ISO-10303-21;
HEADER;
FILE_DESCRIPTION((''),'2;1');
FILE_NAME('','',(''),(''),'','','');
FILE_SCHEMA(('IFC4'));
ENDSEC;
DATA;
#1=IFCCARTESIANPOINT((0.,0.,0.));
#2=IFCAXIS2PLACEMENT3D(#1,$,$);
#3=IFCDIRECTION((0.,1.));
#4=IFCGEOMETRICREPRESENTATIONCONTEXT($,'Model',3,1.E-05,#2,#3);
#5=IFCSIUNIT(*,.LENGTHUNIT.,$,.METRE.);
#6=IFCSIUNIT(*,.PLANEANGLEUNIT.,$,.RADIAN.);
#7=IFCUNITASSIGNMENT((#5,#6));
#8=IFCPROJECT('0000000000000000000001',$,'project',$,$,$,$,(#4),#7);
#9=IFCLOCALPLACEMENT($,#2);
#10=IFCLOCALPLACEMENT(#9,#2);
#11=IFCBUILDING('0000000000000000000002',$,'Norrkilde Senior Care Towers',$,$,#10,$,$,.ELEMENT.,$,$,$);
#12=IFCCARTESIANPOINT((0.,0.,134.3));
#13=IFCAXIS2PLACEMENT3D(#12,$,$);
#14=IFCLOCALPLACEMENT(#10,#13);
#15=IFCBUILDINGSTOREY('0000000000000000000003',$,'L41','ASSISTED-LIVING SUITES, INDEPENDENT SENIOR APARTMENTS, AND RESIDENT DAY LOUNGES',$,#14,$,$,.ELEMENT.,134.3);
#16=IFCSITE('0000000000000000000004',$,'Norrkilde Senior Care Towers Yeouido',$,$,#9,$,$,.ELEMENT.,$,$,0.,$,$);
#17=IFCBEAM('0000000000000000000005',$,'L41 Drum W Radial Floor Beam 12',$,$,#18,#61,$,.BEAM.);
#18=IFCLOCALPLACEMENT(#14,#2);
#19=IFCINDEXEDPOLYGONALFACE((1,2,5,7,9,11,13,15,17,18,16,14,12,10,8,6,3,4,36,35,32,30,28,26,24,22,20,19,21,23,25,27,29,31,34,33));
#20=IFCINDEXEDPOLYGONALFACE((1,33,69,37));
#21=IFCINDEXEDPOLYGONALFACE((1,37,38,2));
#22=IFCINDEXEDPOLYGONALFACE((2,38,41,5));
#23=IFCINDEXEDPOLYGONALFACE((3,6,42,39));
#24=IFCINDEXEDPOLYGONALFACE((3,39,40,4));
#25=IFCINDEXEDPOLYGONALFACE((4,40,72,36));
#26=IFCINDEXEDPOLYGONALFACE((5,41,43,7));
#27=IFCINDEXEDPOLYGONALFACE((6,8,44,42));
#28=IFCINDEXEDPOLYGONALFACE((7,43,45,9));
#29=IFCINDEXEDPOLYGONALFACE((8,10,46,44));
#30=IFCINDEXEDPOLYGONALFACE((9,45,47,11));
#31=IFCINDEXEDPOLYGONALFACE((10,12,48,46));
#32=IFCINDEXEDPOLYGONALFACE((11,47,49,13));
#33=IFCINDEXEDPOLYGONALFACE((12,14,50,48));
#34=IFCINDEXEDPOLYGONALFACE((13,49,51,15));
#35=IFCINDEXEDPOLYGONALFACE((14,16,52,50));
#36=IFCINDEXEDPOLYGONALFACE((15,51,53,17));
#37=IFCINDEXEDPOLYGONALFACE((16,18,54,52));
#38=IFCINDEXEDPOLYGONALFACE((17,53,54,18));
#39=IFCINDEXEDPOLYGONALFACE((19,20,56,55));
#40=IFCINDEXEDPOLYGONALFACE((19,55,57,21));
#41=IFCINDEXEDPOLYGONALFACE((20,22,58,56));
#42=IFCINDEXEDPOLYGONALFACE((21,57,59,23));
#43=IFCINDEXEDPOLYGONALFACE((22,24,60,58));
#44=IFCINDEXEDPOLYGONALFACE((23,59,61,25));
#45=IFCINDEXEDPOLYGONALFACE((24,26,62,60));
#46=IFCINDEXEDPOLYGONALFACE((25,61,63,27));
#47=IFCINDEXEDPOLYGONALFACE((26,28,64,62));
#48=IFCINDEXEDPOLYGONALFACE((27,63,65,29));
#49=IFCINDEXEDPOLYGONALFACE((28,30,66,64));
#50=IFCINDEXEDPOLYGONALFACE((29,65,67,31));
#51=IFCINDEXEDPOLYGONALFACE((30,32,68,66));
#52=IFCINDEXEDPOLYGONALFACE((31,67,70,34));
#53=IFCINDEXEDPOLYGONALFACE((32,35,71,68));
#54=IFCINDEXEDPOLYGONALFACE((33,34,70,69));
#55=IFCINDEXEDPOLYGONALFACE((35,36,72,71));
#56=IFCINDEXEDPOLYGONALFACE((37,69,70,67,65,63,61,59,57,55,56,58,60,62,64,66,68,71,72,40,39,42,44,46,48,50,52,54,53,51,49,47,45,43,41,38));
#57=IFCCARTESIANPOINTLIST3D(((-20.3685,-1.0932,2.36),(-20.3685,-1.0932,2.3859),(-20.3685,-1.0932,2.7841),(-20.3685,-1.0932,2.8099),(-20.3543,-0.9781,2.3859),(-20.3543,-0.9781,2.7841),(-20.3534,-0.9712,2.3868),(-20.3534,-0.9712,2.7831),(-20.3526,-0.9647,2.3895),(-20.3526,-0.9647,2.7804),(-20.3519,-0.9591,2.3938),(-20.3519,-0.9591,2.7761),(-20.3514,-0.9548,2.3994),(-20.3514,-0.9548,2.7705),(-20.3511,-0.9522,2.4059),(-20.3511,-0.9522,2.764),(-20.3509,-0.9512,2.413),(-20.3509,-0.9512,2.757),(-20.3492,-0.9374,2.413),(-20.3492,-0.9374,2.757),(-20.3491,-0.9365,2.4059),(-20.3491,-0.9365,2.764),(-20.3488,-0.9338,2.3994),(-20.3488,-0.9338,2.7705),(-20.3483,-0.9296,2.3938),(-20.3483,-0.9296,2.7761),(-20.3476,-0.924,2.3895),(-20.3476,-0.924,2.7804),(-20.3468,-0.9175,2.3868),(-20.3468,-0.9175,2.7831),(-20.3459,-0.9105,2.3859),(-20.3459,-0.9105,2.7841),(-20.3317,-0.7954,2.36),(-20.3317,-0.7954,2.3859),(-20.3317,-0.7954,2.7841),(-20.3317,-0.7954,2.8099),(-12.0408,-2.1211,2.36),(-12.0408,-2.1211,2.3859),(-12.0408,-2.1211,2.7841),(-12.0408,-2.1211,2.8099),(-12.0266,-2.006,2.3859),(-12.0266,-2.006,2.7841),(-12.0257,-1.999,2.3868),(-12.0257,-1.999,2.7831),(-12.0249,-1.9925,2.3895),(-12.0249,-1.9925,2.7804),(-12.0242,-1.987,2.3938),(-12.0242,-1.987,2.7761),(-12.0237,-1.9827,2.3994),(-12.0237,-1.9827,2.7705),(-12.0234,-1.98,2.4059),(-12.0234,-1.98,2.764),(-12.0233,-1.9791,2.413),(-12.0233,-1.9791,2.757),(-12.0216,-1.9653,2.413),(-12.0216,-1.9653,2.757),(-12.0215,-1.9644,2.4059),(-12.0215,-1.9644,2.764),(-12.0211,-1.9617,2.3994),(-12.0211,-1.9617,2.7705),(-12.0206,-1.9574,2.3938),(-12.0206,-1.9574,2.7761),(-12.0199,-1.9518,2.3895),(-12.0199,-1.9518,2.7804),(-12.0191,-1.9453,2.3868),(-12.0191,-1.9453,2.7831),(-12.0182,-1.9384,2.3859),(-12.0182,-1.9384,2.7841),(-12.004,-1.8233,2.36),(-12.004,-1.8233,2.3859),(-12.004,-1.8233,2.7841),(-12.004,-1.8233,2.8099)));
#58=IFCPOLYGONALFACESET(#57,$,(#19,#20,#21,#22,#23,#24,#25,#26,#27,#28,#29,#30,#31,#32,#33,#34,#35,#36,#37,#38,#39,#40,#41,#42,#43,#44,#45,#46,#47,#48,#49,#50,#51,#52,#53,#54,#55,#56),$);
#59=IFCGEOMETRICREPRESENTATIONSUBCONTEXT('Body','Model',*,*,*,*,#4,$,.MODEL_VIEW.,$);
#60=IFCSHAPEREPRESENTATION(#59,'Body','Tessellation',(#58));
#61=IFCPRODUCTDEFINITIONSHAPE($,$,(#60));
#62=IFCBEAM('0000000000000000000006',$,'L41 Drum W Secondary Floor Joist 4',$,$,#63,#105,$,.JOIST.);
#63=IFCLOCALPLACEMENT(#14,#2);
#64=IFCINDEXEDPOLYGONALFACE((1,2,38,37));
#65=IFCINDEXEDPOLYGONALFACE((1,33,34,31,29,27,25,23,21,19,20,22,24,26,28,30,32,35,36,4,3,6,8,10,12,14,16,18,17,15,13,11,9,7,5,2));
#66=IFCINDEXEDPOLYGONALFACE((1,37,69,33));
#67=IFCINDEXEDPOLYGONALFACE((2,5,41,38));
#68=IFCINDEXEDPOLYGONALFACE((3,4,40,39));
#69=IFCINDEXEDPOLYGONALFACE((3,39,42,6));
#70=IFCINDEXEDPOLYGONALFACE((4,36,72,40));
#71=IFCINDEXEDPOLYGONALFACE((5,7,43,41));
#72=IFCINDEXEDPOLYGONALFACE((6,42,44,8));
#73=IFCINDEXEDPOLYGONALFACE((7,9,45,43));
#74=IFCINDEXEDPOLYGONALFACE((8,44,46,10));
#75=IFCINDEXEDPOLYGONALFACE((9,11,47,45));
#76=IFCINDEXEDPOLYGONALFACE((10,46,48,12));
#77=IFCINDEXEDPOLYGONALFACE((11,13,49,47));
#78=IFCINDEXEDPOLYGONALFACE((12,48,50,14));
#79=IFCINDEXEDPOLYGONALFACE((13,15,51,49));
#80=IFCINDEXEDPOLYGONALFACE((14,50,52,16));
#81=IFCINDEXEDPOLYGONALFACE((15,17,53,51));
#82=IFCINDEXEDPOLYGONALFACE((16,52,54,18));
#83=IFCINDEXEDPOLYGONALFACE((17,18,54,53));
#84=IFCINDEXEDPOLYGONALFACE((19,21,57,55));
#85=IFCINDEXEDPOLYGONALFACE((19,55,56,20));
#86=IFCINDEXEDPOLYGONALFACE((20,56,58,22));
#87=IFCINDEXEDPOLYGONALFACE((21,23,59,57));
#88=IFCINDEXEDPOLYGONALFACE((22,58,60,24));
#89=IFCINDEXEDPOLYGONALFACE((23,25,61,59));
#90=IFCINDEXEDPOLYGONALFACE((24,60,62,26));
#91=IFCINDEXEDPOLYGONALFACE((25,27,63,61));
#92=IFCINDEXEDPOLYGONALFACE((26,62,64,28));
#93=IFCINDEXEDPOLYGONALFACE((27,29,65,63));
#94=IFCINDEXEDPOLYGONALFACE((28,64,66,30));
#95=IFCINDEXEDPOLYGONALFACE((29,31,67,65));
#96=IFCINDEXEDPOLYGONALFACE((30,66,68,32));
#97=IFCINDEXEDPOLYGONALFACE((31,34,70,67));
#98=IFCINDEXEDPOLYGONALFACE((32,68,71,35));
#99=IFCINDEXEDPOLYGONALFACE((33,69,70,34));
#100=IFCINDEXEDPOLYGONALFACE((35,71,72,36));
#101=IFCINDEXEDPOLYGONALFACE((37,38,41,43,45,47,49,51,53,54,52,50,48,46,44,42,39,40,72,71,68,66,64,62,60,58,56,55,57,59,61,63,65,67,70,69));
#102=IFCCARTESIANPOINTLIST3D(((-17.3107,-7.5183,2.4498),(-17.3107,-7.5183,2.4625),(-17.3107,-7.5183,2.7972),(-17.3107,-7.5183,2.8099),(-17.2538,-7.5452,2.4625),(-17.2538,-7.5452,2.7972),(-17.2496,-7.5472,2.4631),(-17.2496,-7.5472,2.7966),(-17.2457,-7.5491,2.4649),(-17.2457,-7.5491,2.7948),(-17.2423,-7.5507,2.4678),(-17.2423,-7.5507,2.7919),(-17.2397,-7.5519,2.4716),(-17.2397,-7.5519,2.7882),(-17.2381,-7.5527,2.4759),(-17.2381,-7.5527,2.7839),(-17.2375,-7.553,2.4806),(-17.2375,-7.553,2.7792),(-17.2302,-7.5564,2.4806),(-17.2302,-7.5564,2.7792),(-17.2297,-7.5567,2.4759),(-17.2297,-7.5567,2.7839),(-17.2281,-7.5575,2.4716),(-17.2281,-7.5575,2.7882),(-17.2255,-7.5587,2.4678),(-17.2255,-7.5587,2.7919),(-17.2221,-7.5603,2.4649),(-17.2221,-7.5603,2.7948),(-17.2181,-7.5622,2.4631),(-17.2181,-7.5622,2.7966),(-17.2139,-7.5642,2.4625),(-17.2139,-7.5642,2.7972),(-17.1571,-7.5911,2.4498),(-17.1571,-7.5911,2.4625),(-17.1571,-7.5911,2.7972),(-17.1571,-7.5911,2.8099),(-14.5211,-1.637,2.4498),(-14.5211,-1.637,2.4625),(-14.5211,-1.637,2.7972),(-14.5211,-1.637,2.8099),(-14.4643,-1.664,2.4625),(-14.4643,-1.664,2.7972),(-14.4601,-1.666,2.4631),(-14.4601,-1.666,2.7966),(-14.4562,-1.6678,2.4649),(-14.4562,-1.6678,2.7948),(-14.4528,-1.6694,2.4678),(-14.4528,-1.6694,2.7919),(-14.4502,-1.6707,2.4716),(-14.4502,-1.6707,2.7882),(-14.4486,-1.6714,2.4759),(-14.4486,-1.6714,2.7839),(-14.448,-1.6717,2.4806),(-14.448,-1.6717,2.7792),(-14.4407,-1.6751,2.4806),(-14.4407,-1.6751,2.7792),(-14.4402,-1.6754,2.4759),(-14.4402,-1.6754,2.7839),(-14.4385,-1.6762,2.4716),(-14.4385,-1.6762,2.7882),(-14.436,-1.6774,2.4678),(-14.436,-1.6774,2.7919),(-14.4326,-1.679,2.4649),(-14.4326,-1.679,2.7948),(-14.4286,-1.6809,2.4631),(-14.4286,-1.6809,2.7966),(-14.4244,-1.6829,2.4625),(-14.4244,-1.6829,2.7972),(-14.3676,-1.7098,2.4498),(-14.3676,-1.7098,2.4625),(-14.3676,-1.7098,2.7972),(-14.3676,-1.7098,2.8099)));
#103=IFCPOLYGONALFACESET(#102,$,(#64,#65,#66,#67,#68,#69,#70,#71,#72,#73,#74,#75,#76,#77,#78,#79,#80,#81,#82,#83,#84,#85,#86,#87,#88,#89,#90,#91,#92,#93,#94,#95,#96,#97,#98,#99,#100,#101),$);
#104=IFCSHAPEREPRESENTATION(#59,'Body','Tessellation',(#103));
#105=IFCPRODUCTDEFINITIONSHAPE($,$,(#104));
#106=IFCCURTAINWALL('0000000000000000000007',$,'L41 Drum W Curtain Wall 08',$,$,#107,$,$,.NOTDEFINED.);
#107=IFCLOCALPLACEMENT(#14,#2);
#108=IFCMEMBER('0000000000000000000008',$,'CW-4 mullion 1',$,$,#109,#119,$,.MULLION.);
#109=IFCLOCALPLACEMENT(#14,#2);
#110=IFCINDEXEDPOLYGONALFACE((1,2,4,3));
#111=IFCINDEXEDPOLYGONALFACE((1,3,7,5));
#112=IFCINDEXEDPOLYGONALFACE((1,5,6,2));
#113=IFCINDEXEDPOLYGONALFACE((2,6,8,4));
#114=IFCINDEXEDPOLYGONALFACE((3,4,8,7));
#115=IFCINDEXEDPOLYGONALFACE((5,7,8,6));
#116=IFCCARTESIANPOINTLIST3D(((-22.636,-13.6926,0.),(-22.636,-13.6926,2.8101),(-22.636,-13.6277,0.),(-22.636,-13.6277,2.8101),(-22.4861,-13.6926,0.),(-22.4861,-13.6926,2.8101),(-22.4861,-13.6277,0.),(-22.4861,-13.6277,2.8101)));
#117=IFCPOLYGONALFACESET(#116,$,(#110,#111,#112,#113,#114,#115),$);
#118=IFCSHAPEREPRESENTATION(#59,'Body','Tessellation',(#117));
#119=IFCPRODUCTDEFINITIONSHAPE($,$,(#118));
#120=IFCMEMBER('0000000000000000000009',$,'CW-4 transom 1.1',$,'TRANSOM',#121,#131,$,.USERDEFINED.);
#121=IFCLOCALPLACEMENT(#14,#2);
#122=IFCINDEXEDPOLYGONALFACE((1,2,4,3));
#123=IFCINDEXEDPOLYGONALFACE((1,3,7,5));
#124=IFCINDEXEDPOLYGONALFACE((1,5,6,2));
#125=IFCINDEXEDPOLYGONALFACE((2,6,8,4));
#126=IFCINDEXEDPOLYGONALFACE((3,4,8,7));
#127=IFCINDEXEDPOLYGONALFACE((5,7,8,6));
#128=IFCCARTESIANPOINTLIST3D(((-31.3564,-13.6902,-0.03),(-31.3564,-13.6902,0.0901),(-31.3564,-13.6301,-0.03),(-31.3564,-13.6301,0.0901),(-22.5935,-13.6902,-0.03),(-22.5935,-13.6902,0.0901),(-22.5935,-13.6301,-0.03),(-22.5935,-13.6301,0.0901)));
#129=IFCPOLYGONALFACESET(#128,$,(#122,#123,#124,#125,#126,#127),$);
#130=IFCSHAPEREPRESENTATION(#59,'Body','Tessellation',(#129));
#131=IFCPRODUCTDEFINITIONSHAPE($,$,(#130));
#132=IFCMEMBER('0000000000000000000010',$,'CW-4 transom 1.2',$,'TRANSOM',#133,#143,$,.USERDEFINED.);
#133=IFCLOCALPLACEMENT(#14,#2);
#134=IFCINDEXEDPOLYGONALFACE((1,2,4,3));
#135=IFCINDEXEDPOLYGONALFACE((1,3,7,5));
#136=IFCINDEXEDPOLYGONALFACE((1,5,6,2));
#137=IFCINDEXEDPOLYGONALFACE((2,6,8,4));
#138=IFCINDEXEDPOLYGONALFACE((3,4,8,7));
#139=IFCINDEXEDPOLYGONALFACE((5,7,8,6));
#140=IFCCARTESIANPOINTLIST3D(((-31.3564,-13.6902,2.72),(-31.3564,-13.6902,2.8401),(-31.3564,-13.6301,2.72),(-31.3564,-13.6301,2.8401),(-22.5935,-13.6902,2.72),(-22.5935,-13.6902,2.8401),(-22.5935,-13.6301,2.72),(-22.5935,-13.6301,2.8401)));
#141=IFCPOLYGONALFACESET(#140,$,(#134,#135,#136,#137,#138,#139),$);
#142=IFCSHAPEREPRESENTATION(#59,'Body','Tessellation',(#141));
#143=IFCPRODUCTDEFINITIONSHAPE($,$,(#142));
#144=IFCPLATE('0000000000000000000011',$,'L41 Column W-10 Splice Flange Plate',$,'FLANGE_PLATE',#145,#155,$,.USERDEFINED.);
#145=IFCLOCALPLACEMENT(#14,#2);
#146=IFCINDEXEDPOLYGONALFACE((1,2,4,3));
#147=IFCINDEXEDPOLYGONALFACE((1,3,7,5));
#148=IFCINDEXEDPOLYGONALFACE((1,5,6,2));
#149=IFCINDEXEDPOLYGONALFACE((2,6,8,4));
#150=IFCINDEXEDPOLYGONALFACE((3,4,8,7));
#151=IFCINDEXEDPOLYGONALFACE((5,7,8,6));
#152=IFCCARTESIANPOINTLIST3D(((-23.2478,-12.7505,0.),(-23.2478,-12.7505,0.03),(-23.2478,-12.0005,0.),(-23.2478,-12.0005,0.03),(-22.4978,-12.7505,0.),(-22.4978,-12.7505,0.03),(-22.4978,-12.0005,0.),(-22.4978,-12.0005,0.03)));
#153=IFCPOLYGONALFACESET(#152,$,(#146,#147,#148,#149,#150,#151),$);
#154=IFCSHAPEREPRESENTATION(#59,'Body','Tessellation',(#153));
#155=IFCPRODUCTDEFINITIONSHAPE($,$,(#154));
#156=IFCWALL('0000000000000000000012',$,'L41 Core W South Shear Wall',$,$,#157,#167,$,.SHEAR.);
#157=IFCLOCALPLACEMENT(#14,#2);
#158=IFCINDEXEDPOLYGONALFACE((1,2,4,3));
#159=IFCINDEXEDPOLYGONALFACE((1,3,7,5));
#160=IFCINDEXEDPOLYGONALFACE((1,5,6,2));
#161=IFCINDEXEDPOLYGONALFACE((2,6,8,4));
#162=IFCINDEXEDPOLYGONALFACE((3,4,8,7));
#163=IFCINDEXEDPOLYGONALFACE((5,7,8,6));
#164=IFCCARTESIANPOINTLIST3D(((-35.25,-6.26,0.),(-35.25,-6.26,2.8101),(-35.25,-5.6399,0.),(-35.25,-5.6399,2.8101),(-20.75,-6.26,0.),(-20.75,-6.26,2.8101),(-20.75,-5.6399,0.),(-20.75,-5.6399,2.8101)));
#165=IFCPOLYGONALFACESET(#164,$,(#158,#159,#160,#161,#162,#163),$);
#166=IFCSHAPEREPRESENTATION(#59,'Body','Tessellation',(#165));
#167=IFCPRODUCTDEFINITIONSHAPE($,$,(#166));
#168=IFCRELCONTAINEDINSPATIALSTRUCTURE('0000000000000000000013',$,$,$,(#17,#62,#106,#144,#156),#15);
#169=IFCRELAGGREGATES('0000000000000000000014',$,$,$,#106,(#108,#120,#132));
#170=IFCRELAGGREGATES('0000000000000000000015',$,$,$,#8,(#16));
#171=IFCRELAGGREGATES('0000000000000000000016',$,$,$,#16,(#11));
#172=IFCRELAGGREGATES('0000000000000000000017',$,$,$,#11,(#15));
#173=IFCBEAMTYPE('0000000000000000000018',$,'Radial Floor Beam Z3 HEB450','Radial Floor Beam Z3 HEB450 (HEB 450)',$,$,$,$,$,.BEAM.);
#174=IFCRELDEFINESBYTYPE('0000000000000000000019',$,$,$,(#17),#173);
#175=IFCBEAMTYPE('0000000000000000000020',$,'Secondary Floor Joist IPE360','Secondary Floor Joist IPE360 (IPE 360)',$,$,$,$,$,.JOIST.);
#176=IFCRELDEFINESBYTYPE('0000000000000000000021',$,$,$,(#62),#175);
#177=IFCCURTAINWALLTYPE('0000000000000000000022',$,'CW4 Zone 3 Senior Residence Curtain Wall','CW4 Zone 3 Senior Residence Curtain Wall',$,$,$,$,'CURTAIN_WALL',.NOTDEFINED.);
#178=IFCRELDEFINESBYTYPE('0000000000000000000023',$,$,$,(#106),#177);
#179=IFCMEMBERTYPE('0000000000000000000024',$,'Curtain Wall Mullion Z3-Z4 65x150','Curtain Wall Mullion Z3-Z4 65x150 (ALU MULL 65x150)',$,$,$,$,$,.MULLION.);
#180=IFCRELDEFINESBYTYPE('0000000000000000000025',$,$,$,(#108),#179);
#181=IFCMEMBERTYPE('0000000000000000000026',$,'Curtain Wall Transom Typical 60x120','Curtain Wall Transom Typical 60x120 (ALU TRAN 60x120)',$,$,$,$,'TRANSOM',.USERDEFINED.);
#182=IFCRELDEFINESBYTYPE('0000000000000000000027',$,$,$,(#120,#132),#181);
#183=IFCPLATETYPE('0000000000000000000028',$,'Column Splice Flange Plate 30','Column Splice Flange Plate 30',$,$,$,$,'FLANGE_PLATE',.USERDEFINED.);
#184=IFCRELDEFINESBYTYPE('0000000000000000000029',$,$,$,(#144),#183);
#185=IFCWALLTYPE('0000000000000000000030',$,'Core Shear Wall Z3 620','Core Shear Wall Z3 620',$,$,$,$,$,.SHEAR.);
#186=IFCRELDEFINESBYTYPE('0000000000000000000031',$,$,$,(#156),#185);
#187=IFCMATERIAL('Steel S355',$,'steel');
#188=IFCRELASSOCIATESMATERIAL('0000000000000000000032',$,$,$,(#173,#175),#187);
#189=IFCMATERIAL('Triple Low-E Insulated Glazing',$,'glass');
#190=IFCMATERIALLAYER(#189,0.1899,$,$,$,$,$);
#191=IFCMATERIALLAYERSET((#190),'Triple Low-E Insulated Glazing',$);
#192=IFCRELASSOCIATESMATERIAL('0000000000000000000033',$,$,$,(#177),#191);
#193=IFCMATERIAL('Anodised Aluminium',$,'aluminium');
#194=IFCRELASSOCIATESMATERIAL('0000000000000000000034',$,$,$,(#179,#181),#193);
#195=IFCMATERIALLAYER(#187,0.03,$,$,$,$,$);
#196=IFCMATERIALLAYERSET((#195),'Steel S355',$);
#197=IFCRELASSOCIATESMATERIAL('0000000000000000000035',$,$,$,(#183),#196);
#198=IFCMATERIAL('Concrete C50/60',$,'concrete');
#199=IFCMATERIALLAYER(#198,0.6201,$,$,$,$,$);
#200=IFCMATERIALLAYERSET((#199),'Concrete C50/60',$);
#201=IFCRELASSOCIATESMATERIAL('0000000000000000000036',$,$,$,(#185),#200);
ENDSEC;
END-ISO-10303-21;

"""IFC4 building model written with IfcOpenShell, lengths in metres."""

from ifc_helpers import new_model, si_unit, direction, frame, frame_2d, origin, origin_2d, place, context, subcontext, project, spatial, rectangle, i_section, extrude, source, transform, mapped, material, layer, layer_set, material_profile, profile_set, type_object, type_shapes, element, aggregate, save


model = new_model("IFC4")

# Units and contexts
model_context = context("Model", 3, precision=1e-05, world=origin(), true_north=direction((0.0, 1.0)))
body_context = subcontext(model_context, "Body", "Model", "MODEL_VIEW")
ifc_project = project(units=[si_unit("LENGTHUNIT", "METRE"), si_unit("PLANEANGLEUNIT", "RADIAN")], contexts=[model_context])

# Site, building, storey
site_placement = place(None, origin())
site = spatial("IfcSite", under=ifc_project, at=site_placement, Name="Norrkilde Senior Care Towers Yeouido", CompositionType="ELEMENT", RefElevation=0.0)
building_placement = place(site_placement, origin())
building = spatial("IfcBuilding", under=site, at=building_placement, Name="Norrkilde Senior Care Towers", CompositionType="ELEMENT")
storey_placement = place(building_placement, frame((0.0, 0.0, 134.3)))
storey = spatial("IfcBuildingStorey", under=building, at=storey_placement, Name="L41", Description="ASSISTED-LIVING SUITES, INDEPENDENT SENIOR APARTMENTS, AND RESIDENT DAY LOUNGES", CompositionType="ELEMENT", Elevation=134.3)

# Shared definitions
ifc_material_1 = material(Name="Concrete C50/60", Category="concrete")

# Beams
ifc_material_2 = material(Name="Steel S355", Category="steel")
ifc_material_profile_1 = material_profile(ifc_material_2, i_section(OverallWidth=0.3, OverallDepth=0.45, WebThickness=0.0139, FlangeThickness=0.0259, FilletRadius=0.0271, at=origin_2d()), Name="HEB 450")
ifc_profile_set_1 = profile_set([ifc_material_profile_1], Name="Steel S355")
beam_type_1 = type_object("IfcBeamType", Name="Radial Floor Beam Z3 HEB450", Description="Radial Floor Beam Z3 HEB450 (HEB 450)", PredefinedType="BEAM", material=ifc_profile_set_1)
shared_shape_1 = source(origin(), body_context, "Body", "SweptSolid", [
    extrude(i_section(OverallWidth=0.3, OverallDepth=0.45, WebThickness=0.0139, FlangeThickness=0.0259, FilletRadius=0.0271, at=origin_2d()), origin(), (0.0, 0.0, 1.0), 8.3909),
])
beam_1_placement = place(storey_placement, frame((-20.3501, -0.9443, 2.585), z_axis=(0.992469, -0.122495, 0.0), x_axis=(0.122495, 0.992469, 0.0)))
element("IfcBeam", 1, at=beam_1_placement, inside=storey, type_object=beam_type_1, Name="L41 Drum W Radial Floor Beam 12", PredefinedType="BEAM", context=body_context, shape_type="MappedRepresentation", body=[
    mapped(shared_shape_1, transform((0.0, 0.0, 0.0), x_axis=(1.0, 0.0, 0.0), y_axis=(0.0, 1.0, 0.0), z_axis=(0.0, 0.0, 1.0), scale=1.0)),
])
ifc_material_profile_2 = material_profile(ifc_material_2, i_section(OverallWidth=0.1699, OverallDepth=0.3601, WebThickness=0.0081, FlangeThickness=0.0127, FilletRadius=0.0181, at=origin_2d()), Name="IPE 360")
ifc_profile_set_2 = profile_set([ifc_material_profile_2], Name="Steel S355")
beam_type_2 = type_object("IfcBeamType", Name="Secondary Floor Joist IPE360", Description="Secondary Floor Joist IPE360 (IPE 360)", PredefinedType="JOIST", material=ifc_profile_set_2)
shared_shape_2 = source(origin(), body_context, "Body", "SweptSolid", [
    extrude(i_section(OverallWidth=0.1699, OverallDepth=0.3601, WebThickness=0.0081, FlangeThickness=0.0127, FilletRadius=0.0181, at=origin_2d()), origin(), (0.0, 0.0, 1.0), 6.5093),
])
type_shapes(beam_type_2, [shared_shape_2])
beam_2_placement = place(storey_placement, frame((-17.2339, -7.5547, 2.6299), z_axis=(0.428544, 0.903521, 0.0), x_axis=(-0.903521, 0.428544, 0.0)))
element("IfcBeam", 2, at=beam_2_placement, inside=storey, type_object=beam_type_2, Name="L41 Drum W Secondary Floor Joist 4", PredefinedType="JOIST", context=body_context, shape_type="MappedRepresentation", body=[
    mapped(shared_shape_2, transform((0.0, 0.0, 0.0), x_axis=(1.0, 0.0, 0.0), y_axis=(0.0, 1.0, 0.0), z_axis=(0.0, 0.0, 1.0), scale=1.0)),
])

# Curtain wall, members
ifc_material_3 = material(Name="Triple Low-E Insulated Glazing", Category="glass")
ifc_layer_1 = layer(ifc_material_3, 0.1899)
ifc_layer_set_1 = layer_set([ifc_layer_1], Name="Triple Low-E Insulated Glazing")
curtain_wall_type = type_object("IfcCurtainWallType", Name="CW4 Zone 3 Senior Residence Curtain Wall", Description="CW4 Zone 3 Senior Residence Curtain Wall", ElementType="CURTAIN_WALL", PredefinedType="NOTDEFINED", material=ifc_layer_set_1)
curtain_wall_placement = place(storey_placement, origin())
curtain_wall = element("IfcCurtainWall", 3, at=curtain_wall_placement, inside=storey, type_object=curtain_wall_type, Name="L41 Drum W Curtain Wall 08", PredefinedType="NOTDEFINED")
ifc_material_4 = material(Name="Anodised Aluminium", Category="aluminium")
ifc_material_profile_3 = material_profile(ifc_material_4, rectangle(XDim=0.0649, YDim=0.1499, at=origin_2d()), Name="ALU MULL 65x150")
ifc_profile_set_3 = profile_set([ifc_material_profile_3], Name="Anodised Aluminium")
member_type_1 = type_object("IfcMemberType", Name="Curtain Wall Mullion Z3-Z4 65x150", Description="Curtain Wall Mullion Z3-Z4 65x150 (ALU MULL 65x150)", PredefinedType="MULLION", material=ifc_profile_set_3)
shared_shape_3 = source(origin(), body_context, "Body", "SweptSolid", [
    extrude(rectangle(XDim=0.0649, YDim=0.1499, at=origin_2d()), origin(), (0.0, 0.0, 1.0), 2.8101),
])
type_shapes(member_type_1, [shared_shape_3])
member_1_placement = place(storey_placement, frame((-22.561, -13.6602, 0.0), z_axis=(0.0, 0.0, 1.0), x_axis=(0.0, -1.0, 0.0)))
member_1 = element("IfcMember", 4, at=member_1_placement, type_object=member_type_1, Name="CW-4 mullion 1", PredefinedType="MULLION", context=body_context, shape_type="MappedRepresentation", body=[
    mapped(shared_shape_3, transform((0.0, 0.0, 0.0), x_axis=(1.0, 0.0, 0.0), y_axis=(0.0, 1.0, 0.0), z_axis=(0.0, 0.0, 1.0), scale=1.0)),
])
ifc_material_profile_4 = material_profile(ifc_material_4, rectangle(XDim=0.0601, YDim=0.1201, at=origin_2d()), Name="ALU TRAN 60x120")
ifc_profile_set_4 = profile_set([ifc_material_profile_4], Name="Anodised Aluminium")
member_type_2 = type_object("IfcMemberType", Name="Curtain Wall Transom Typical 60x120", Description="Curtain Wall Transom Typical 60x120 (ALU TRAN 60x120)", ElementType="TRANSOM", PredefinedType="USERDEFINED", material=ifc_profile_set_4)
shared_shape_4 = source(origin(), body_context, "Body", "SweptSolid", [
    extrude(rectangle(XDim=0.0601, YDim=0.1201, at=origin_2d()), origin(), (0.0, 0.0, 1.0), 8.7629),
])
type_shapes(member_type_2, [shared_shape_4])
member_2_placement = place(storey_placement, frame((-22.5935, -13.6602, 0.03), z_axis=(-1.0, 0.0, 0.0), x_axis=(0.0, -1.0, 0.0)))
member_2 = element("IfcMember", 5, at=member_2_placement, type_object=member_type_2, Name="CW-4 transom 1.1", ObjectType="TRANSOM", PredefinedType="USERDEFINED", context=body_context, shape_type="MappedRepresentation", body=[
    mapped(shared_shape_4, transform((0.0, 0.0, 0.0), x_axis=(1.0, 0.0, 0.0), y_axis=(0.0, 1.0, 0.0), z_axis=(0.0, 0.0, 1.0), scale=1.0)),
])
member_3_placement = place(storey_placement, frame((-22.5935, -13.6602, 2.78), z_axis=(-1.0, 0.0, 0.0), x_axis=(0.0, -1.0, 0.0)))
member_3 = element("IfcMember", 6, at=member_3_placement, type_object=member_type_2, Name="CW-4 transom 1.2", ObjectType="TRANSOM", PredefinedType="USERDEFINED", context=body_context, shape_type="MappedRepresentation", body=[
    mapped(shared_shape_4, transform((0.0, 0.0, 0.0), x_axis=(1.0, 0.0, 0.0), y_axis=(0.0, 1.0, 0.0), z_axis=(0.0, 0.0, 1.0), scale=1.0)),
])
aggregate(curtain_wall, [member_1, member_2, member_3])

# Plate
ifc_layer_2 = layer(ifc_material_2, 0.03)
ifc_layer_set_2 = layer_set([ifc_layer_2], Name="Steel S355")
plate_type = type_object("IfcPlateType", Name="Column Splice Flange Plate 30", Description="Column Splice Flange Plate 30", ElementType="FLANGE_PLATE", PredefinedType="USERDEFINED", material=ifc_layer_set_2)
shared_shape_5 = source(origin(), body_context, "Body", "SweptSolid", [
    extrude(rectangle(XDim=0.75, YDim=0.75, at=origin_2d()), origin(), (0.0, 0.0, 1.0), 0.03),
])
type_shapes(plate_type, [shared_shape_5])
plate_placement = place(storey_placement, frame((-22.8728, -12.3755, 0.0), z_axis=(0.0, 0.0, 1.0), x_axis=(1.0, 0.0, 0.0)))
element("IfcPlate", 7, at=plate_placement, inside=storey, type_object=plate_type, Name="L41 Column W-10 Splice Flange Plate", ObjectType="FLANGE_PLATE", PredefinedType="USERDEFINED", context=body_context, shape_type="MappedRepresentation", body=[
    mapped(shared_shape_5, transform((0.0, 0.0, 0.0), x_axis=(1.0, 0.0, 0.0), y_axis=(0.0, 1.0, 0.0), z_axis=(0.0, 0.0, 1.0), scale=1.0)),
])

# Wall
ifc_layer_3 = layer(ifc_material_1, 0.6201)
ifc_layer_set_3 = layer_set([ifc_layer_3], Name="Concrete C50/60")
wall_type_1 = type_object("IfcWallType", Name="Core Shear Wall Z3 620", Description="Core Shear Wall Z3 620", PredefinedType="SHEAR", material=ifc_layer_set_3)
shared_shape_6 = source(origin(), body_context, "Body", "SweptSolid", [
    extrude(rectangle(XDim=14.5, YDim=0.6201, at=frame_2d((7.25, 0.0))), origin(), (0.0, 0.0, 1.0), 2.8101),
])
type_shapes(wall_type_1, [shared_shape_6])
wall_1_placement = place(storey_placement, frame((-20.75, -5.95, 0.0), z_axis=(0.0, 0.0, 1.0), x_axis=(-1.0, 0.0, 0.0)))
element("IfcWall", 8, at=wall_1_placement, inside=storey, type_object=wall_type_1, Name="L41 Core W South Shear Wall", PredefinedType="SHEAR", context=body_context, shape_type="MappedRepresentation", body=[
    mapped(shared_shape_6, transform((0.0, 0.0, 0.0), x_axis=(1.0, 0.0, 0.0), y_axis=(0.0, 1.0, 0.0), z_axis=(0.0, 0.0, 1.0), scale=1.0)),
])

save(model, "model.ifc")
